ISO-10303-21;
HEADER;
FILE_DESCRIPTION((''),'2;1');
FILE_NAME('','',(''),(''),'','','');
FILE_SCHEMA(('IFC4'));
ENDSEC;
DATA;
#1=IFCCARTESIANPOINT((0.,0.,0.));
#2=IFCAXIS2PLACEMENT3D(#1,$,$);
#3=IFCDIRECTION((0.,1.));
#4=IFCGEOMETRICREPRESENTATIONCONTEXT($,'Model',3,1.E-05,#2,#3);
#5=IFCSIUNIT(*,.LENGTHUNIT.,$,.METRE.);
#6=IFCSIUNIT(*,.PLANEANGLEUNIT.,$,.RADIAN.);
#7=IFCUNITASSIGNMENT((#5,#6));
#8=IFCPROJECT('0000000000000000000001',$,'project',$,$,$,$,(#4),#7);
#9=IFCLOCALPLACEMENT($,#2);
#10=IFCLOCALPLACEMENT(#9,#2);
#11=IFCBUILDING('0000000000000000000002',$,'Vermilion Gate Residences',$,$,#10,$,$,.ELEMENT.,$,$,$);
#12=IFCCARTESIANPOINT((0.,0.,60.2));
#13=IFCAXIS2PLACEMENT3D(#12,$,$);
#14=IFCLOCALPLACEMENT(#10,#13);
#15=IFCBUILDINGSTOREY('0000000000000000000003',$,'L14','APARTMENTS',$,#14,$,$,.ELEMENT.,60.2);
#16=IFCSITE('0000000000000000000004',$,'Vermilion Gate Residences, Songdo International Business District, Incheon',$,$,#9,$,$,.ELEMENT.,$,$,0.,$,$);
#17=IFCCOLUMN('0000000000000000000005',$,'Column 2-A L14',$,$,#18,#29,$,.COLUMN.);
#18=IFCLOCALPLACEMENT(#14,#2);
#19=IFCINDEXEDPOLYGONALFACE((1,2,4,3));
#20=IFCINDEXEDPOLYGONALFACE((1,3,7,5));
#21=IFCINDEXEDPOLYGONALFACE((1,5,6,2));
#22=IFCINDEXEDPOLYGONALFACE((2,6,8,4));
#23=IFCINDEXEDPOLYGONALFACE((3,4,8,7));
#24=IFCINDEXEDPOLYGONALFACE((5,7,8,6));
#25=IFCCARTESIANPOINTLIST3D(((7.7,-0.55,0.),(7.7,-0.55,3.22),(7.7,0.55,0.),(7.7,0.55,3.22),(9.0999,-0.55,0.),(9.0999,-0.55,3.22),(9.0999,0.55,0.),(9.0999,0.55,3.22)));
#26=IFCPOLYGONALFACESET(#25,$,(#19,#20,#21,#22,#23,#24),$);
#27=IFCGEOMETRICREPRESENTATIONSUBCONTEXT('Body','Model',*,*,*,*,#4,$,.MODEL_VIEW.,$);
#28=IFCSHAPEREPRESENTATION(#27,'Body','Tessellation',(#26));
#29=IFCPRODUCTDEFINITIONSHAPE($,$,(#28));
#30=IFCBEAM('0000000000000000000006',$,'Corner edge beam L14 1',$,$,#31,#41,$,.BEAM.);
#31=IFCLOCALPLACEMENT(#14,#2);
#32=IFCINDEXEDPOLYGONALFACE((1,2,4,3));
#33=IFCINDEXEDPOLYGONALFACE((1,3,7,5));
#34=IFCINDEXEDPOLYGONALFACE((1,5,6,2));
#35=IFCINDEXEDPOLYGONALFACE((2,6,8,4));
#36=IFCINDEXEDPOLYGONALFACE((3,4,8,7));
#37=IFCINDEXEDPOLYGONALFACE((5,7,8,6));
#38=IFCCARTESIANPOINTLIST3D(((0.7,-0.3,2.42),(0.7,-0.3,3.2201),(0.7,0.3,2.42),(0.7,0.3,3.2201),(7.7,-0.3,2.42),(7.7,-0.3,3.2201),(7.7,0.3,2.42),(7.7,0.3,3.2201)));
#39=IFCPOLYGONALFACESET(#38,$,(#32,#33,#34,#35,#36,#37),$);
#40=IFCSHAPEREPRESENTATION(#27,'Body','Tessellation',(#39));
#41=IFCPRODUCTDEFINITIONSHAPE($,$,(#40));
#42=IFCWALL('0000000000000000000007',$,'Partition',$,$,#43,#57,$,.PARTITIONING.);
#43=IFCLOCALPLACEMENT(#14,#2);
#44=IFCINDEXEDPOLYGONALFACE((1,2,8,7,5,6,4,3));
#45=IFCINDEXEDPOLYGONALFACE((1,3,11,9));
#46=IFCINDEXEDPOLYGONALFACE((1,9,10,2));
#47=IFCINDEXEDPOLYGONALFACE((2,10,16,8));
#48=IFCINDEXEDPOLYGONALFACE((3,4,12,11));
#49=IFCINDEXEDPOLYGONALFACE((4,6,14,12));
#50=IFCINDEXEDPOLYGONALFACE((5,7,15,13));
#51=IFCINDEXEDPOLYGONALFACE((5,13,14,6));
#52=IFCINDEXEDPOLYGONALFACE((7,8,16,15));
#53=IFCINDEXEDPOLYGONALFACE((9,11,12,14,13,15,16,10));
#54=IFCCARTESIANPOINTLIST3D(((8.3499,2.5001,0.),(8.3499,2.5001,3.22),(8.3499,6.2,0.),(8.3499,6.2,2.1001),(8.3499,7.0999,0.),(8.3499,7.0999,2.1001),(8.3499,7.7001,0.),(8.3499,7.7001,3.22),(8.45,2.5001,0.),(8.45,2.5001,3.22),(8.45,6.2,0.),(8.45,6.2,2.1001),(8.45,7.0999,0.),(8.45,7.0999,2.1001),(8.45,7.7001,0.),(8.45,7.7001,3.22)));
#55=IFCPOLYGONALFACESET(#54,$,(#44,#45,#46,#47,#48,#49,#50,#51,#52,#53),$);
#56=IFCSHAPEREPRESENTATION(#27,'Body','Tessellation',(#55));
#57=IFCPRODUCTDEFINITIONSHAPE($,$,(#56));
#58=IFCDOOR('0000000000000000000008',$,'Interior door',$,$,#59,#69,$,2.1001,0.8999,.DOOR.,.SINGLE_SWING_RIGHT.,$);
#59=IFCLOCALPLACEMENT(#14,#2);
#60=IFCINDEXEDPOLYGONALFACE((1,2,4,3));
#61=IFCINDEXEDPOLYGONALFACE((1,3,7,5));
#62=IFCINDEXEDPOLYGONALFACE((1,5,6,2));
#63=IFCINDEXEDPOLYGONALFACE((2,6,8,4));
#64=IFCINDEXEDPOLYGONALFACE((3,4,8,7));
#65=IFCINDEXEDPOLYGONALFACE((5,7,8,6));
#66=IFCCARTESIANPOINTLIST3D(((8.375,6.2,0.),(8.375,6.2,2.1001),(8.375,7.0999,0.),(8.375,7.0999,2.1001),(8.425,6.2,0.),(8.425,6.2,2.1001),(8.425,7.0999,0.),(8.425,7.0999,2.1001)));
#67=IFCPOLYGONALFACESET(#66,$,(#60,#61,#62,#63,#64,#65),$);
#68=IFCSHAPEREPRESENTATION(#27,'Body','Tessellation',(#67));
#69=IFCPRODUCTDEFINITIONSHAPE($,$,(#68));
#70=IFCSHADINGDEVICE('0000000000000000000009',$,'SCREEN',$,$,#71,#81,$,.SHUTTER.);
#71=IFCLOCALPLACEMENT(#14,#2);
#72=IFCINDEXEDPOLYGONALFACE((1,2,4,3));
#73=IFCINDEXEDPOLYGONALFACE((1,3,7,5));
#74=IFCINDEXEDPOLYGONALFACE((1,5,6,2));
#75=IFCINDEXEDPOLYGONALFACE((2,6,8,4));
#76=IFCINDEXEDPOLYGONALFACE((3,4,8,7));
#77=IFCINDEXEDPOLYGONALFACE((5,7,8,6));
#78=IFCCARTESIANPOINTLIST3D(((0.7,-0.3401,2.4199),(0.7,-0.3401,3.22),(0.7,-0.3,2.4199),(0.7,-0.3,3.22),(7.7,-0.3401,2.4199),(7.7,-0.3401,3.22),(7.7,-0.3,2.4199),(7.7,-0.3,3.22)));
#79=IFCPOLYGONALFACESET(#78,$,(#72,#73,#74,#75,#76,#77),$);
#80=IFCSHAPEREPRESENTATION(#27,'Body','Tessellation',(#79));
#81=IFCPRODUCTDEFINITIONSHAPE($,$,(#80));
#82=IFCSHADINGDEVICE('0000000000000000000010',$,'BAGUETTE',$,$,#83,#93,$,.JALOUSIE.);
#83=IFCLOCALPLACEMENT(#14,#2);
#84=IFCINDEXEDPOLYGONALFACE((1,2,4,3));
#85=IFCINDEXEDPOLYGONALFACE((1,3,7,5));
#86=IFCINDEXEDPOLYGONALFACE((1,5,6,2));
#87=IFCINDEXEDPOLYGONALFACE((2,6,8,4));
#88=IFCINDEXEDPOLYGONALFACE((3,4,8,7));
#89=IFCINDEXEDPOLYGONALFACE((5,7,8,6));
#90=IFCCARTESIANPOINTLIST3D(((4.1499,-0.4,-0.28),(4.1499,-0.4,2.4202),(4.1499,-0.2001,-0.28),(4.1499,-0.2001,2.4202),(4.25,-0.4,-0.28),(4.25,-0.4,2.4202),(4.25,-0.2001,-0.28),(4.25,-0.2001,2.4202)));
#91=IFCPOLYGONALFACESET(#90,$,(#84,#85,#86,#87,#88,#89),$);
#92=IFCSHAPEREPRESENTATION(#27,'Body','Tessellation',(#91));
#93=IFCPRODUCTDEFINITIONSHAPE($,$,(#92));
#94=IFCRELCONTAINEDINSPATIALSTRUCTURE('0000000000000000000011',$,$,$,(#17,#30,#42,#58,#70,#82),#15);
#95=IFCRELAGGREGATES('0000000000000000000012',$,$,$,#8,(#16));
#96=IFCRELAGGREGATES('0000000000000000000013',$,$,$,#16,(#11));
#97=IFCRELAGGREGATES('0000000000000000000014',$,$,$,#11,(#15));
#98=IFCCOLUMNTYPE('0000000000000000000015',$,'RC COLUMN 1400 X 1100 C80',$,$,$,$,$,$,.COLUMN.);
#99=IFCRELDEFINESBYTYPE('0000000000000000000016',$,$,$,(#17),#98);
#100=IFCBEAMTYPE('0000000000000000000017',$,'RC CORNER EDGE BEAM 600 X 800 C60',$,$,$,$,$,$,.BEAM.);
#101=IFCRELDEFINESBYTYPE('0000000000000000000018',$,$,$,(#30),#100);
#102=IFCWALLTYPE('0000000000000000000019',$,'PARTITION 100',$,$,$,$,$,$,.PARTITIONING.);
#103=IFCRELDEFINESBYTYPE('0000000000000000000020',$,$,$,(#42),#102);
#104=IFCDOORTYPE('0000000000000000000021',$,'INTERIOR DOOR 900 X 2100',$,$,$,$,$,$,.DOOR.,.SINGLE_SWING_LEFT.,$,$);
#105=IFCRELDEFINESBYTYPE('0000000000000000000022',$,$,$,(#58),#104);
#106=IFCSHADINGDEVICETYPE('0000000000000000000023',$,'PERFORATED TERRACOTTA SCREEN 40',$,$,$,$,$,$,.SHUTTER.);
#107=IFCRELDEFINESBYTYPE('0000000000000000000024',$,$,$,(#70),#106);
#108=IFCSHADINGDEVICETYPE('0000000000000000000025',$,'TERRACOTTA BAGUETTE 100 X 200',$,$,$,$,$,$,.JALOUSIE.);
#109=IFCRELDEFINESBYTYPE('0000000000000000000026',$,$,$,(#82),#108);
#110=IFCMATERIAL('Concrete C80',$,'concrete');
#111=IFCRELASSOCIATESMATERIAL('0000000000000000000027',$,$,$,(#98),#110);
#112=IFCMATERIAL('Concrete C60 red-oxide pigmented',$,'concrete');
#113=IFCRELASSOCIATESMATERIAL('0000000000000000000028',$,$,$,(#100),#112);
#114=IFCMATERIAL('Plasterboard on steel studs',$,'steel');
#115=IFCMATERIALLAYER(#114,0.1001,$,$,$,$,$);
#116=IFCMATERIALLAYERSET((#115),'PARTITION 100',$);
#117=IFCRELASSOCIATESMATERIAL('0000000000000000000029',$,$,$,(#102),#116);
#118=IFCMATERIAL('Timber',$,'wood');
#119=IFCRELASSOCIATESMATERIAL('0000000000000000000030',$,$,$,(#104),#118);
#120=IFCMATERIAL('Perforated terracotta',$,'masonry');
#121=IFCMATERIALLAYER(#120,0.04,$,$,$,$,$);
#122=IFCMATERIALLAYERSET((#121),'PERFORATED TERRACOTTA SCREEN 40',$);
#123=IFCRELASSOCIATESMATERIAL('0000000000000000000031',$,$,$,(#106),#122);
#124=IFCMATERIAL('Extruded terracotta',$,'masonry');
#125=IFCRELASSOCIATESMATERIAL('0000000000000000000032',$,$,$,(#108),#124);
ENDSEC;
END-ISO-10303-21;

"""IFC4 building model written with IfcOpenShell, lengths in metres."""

from ifc_helpers import new_model, si_unit, direction, frame, frame_2d, origin, origin_2d, place, context, subcontext, project, spatial, rectangle, extrude, material, layer, layer_set, material_profile, profile_set, type_object, element, fill, save


model = new_model("IFC4")

# Units and contexts
model_context = context("Model", 3, precision=1e-05, world=origin(), true_north=direction((0.0, 1.0)))
body_context = subcontext(model_context, "Body", "Model", "MODEL_VIEW")
ifc_project = project(units=[si_unit("LENGTHUNIT", "METRE"), si_unit("PLANEANGLEUNIT", "RADIAN")], contexts=[model_context])

# Site, building, storey
site_placement = place(None, origin())
site = spatial("IfcSite", under=ifc_project, at=site_placement, Name="Vermilion Gate Residences, Songdo International Business District, Incheon", CompositionType="ELEMENT", RefElevation=0.0)
building_placement = place(site_placement, origin())
building = spatial("IfcBuilding", under=site, at=building_placement, Name="Vermilion Gate Residences", CompositionType="ELEMENT")
storey_placement = place(building_placement, frame((0.0, 0.0, 60.2)))
storey = spatial("IfcBuildingStorey", under=building, at=storey_placement, Name="L14", Description="APARTMENTS", CompositionType="ELEMENT", Elevation=60.2)

# Column
ifc_material_1 = material(Name="Concrete C80", Category="concrete")
ifc_material_profile_1 = material_profile(ifc_material_1, rectangle(XDim=1.3999, YDim=1.1001, at=origin_2d()), Name="RC-1400x1100")
ifc_profile_set_1 = profile_set([ifc_material_profile_1], Name="Concrete C80")
column_type = type_object("IfcColumnType", Name="RC COLUMN 1400 X 1100 C80", PredefinedType="COLUMN", material=ifc_profile_set_1)
column_placement = place(storey_placement, frame((8.3999, 0.0, 0.0), z_axis=(0.0, 0.0, 1.0), x_axis=(1.0, 0.0, 0.0)))
element("IfcColumn", 1, at=column_placement, inside=storey, type_object=column_type, Name="Column 2-A L14", PredefinedType="COLUMN", context=body_context, shape_type="SweptSolid", body=[
    extrude(rectangle(XDim=1.3999, YDim=1.1001, at=origin_2d()), origin(), (0.0, 0.0, 1.0), 3.22),
])

# Beam
ifc_material_2 = material(Name="Concrete C60 red-oxide pigmented", Category="concrete")
ifc_material_profile_2 = material_profile(ifc_material_2, rectangle(XDim=0.6001, YDim=0.8, at=origin_2d()), Name="RC-600x800")
ifc_profile_set_2 = profile_set([ifc_material_profile_2], Name="Concrete C60 red-oxide pigmented")
beam_type = type_object("IfcBeamType", Name="RC CORNER EDGE BEAM 600 X 800 C60", PredefinedType="BEAM", material=ifc_profile_set_2)
beam_placement = place(storey_placement, frame((0.7, 0.0, 2.8201), z_axis=(1.0, 0.0, 0.0), x_axis=(0.0, 1.0, 0.0)))
element("IfcBeam", 2, at=beam_placement, inside=storey, type_object=beam_type, Name="Corner edge beam L14 1", PredefinedType="BEAM", context=body_context, shape_type="SweptSolid", body=[
    extrude(rectangle(XDim=0.6001, YDim=0.8, at=origin_2d()), origin(), (0.0, 0.0, 1.0), 7.0),
])

# Wall, opening, door
ifc_material_3 = material(Name="Plasterboard on steel studs", Category="steel")
ifc_layer_1 = layer(ifc_material_3, 0.1001)
ifc_layer_set_1 = layer_set([ifc_layer_1], Name="PARTITION 100")
wall_type_1 = type_object("IfcWallType", Name="PARTITION 100", PredefinedType="PARTITIONING", material=ifc_layer_set_1)
wall_1_placement = place(storey_placement, frame((8.3999, 2.5, 0.0), z_axis=(0.0, 0.0, 1.0), x_axis=(0.0, 1.0, 0.0)))
wall_1 = element("IfcWall", 3, at=wall_1_placement, inside=storey, type_object=wall_type_1, Name="Partition", PredefinedType="PARTITIONING", context=body_context, shape_type="SweptSolid", body=[
    extrude(rectangle(XDim=5.2, YDim=0.1001, at=frame_2d((2.6001, 0.0))), origin(), (0.0, 0.0, 1.0), 3.22),
])
opening_1_placement = place(wall_1_placement, frame((3.7, 0.0, 0.0)))
opening_1 = element("IfcOpeningElement", 4, at=opening_1_placement, cuts=wall_1, PredefinedType="OPENING", context=body_context, shape_type="SweptSolid", body=[
    extrude(rectangle(XDim=0.8999, YDim=2.1001, at=frame_2d((0.45, 1.05))), frame((0.0, 0.0601, 0.0), z_axis=(0.0, -1.0, 0.0), x_axis=(1.0, 0.0, 0.0)), (0.0, 0.0, 1.0), 0.1201),
])
ifc_material_4 = material(Name="Timber", Category="wood")
door_type_1 = type_object("IfcDoorType", Name="INTERIOR DOOR 900 X 2100", OperationType="SINGLE_SWING_LEFT", PredefinedType="DOOR", material=ifc_material_4)
door_1_placement = place(opening_1_placement, origin())
door_1 = element("IfcDoor", 5, at=door_1_placement, inside=storey, type_object=door_type_1, Name="Interior door", OperationType="SINGLE_SWING_RIGHT", OverallHeight=2.1001, OverallWidth=0.8999, PredefinedType="DOOR", context=body_context, shape_type="SweptSolid", body=[
    extrude(rectangle(XDim=0.8999, YDim=2.1001, at=frame_2d((0.45, 1.05))), frame((0.0, 0.0249, 0.0), z_axis=(0.0, -1.0, 0.0), x_axis=(1.0, 0.0, 0.0)), (0.0, 0.0, 1.0), 0.05),
])
fill(opening_1, door_1)

# Shading devices
ifc_material_5 = material(Name="Perforated terracotta", Category="masonry")
ifc_layer_2 = layer(ifc_material_5, 0.04)
ifc_layer_set_2 = layer_set([ifc_layer_2], Name="PERFORATED TERRACOTTA SCREEN 40")
shading_device_type_1 = type_object("IfcShadingDeviceType", Name="PERFORATED TERRACOTTA SCREEN 40", PredefinedType="SHUTTER", material=ifc_layer_set_2)
shading_device_1_placement = place(storey_placement, frame((4.2, -0.3201, 2.4199), z_axis=(0.0, 0.0, 1.0), x_axis=(1.0, 0.0, 0.0)))
element("IfcShadingDevice", 6, at=shading_device_1_placement, inside=storey, type_object=shading_device_type_1, Name="SCREEN", PredefinedType="SHUTTER", context=body_context, shape_type="SweptSolid", body=[
    extrude(rectangle(XDim=7.0, YDim=0.04, at=origin_2d()), origin(), (0.0, 0.0, 1.0), 0.8),
])
ifc_material_6 = material(Name="Extruded terracotta", Category="masonry")
ifc_material_profile_3 = material_profile(ifc_material_6, rectangle(XDim=0.2, YDim=0.1001, at=origin_2d()), Name="BAGUETTE 100 X 200")
ifc_profile_set_3 = profile_set([ifc_material_profile_3], Name="Extruded terracotta")
shading_device_type_2 = type_object("IfcShadingDeviceType", Name="TERRACOTTA BAGUETTE 100 X 200", PredefinedType="JALOUSIE", material=ifc_profile_set_3)
shading_device_2_placement = place(storey_placement, frame((4.2, -0.3, -0.28), z_axis=(0.0, 0.0, 1.0), x_axis=(0.0, 1.0, 0.0)))
element("IfcShadingDevice", 7, at=shading_device_2_placement, inside=storey, type_object=shading_device_type_2, Name="BAGUETTE", PredefinedType="JALOUSIE", context=body_context, shape_type="SweptSolid", body=[
    extrude(rectangle(XDim=0.2, YDim=0.1001, at=origin_2d()), origin(), (0.0, 0.0, 1.0), 2.7002),
])

save(model, "model.ifc")
